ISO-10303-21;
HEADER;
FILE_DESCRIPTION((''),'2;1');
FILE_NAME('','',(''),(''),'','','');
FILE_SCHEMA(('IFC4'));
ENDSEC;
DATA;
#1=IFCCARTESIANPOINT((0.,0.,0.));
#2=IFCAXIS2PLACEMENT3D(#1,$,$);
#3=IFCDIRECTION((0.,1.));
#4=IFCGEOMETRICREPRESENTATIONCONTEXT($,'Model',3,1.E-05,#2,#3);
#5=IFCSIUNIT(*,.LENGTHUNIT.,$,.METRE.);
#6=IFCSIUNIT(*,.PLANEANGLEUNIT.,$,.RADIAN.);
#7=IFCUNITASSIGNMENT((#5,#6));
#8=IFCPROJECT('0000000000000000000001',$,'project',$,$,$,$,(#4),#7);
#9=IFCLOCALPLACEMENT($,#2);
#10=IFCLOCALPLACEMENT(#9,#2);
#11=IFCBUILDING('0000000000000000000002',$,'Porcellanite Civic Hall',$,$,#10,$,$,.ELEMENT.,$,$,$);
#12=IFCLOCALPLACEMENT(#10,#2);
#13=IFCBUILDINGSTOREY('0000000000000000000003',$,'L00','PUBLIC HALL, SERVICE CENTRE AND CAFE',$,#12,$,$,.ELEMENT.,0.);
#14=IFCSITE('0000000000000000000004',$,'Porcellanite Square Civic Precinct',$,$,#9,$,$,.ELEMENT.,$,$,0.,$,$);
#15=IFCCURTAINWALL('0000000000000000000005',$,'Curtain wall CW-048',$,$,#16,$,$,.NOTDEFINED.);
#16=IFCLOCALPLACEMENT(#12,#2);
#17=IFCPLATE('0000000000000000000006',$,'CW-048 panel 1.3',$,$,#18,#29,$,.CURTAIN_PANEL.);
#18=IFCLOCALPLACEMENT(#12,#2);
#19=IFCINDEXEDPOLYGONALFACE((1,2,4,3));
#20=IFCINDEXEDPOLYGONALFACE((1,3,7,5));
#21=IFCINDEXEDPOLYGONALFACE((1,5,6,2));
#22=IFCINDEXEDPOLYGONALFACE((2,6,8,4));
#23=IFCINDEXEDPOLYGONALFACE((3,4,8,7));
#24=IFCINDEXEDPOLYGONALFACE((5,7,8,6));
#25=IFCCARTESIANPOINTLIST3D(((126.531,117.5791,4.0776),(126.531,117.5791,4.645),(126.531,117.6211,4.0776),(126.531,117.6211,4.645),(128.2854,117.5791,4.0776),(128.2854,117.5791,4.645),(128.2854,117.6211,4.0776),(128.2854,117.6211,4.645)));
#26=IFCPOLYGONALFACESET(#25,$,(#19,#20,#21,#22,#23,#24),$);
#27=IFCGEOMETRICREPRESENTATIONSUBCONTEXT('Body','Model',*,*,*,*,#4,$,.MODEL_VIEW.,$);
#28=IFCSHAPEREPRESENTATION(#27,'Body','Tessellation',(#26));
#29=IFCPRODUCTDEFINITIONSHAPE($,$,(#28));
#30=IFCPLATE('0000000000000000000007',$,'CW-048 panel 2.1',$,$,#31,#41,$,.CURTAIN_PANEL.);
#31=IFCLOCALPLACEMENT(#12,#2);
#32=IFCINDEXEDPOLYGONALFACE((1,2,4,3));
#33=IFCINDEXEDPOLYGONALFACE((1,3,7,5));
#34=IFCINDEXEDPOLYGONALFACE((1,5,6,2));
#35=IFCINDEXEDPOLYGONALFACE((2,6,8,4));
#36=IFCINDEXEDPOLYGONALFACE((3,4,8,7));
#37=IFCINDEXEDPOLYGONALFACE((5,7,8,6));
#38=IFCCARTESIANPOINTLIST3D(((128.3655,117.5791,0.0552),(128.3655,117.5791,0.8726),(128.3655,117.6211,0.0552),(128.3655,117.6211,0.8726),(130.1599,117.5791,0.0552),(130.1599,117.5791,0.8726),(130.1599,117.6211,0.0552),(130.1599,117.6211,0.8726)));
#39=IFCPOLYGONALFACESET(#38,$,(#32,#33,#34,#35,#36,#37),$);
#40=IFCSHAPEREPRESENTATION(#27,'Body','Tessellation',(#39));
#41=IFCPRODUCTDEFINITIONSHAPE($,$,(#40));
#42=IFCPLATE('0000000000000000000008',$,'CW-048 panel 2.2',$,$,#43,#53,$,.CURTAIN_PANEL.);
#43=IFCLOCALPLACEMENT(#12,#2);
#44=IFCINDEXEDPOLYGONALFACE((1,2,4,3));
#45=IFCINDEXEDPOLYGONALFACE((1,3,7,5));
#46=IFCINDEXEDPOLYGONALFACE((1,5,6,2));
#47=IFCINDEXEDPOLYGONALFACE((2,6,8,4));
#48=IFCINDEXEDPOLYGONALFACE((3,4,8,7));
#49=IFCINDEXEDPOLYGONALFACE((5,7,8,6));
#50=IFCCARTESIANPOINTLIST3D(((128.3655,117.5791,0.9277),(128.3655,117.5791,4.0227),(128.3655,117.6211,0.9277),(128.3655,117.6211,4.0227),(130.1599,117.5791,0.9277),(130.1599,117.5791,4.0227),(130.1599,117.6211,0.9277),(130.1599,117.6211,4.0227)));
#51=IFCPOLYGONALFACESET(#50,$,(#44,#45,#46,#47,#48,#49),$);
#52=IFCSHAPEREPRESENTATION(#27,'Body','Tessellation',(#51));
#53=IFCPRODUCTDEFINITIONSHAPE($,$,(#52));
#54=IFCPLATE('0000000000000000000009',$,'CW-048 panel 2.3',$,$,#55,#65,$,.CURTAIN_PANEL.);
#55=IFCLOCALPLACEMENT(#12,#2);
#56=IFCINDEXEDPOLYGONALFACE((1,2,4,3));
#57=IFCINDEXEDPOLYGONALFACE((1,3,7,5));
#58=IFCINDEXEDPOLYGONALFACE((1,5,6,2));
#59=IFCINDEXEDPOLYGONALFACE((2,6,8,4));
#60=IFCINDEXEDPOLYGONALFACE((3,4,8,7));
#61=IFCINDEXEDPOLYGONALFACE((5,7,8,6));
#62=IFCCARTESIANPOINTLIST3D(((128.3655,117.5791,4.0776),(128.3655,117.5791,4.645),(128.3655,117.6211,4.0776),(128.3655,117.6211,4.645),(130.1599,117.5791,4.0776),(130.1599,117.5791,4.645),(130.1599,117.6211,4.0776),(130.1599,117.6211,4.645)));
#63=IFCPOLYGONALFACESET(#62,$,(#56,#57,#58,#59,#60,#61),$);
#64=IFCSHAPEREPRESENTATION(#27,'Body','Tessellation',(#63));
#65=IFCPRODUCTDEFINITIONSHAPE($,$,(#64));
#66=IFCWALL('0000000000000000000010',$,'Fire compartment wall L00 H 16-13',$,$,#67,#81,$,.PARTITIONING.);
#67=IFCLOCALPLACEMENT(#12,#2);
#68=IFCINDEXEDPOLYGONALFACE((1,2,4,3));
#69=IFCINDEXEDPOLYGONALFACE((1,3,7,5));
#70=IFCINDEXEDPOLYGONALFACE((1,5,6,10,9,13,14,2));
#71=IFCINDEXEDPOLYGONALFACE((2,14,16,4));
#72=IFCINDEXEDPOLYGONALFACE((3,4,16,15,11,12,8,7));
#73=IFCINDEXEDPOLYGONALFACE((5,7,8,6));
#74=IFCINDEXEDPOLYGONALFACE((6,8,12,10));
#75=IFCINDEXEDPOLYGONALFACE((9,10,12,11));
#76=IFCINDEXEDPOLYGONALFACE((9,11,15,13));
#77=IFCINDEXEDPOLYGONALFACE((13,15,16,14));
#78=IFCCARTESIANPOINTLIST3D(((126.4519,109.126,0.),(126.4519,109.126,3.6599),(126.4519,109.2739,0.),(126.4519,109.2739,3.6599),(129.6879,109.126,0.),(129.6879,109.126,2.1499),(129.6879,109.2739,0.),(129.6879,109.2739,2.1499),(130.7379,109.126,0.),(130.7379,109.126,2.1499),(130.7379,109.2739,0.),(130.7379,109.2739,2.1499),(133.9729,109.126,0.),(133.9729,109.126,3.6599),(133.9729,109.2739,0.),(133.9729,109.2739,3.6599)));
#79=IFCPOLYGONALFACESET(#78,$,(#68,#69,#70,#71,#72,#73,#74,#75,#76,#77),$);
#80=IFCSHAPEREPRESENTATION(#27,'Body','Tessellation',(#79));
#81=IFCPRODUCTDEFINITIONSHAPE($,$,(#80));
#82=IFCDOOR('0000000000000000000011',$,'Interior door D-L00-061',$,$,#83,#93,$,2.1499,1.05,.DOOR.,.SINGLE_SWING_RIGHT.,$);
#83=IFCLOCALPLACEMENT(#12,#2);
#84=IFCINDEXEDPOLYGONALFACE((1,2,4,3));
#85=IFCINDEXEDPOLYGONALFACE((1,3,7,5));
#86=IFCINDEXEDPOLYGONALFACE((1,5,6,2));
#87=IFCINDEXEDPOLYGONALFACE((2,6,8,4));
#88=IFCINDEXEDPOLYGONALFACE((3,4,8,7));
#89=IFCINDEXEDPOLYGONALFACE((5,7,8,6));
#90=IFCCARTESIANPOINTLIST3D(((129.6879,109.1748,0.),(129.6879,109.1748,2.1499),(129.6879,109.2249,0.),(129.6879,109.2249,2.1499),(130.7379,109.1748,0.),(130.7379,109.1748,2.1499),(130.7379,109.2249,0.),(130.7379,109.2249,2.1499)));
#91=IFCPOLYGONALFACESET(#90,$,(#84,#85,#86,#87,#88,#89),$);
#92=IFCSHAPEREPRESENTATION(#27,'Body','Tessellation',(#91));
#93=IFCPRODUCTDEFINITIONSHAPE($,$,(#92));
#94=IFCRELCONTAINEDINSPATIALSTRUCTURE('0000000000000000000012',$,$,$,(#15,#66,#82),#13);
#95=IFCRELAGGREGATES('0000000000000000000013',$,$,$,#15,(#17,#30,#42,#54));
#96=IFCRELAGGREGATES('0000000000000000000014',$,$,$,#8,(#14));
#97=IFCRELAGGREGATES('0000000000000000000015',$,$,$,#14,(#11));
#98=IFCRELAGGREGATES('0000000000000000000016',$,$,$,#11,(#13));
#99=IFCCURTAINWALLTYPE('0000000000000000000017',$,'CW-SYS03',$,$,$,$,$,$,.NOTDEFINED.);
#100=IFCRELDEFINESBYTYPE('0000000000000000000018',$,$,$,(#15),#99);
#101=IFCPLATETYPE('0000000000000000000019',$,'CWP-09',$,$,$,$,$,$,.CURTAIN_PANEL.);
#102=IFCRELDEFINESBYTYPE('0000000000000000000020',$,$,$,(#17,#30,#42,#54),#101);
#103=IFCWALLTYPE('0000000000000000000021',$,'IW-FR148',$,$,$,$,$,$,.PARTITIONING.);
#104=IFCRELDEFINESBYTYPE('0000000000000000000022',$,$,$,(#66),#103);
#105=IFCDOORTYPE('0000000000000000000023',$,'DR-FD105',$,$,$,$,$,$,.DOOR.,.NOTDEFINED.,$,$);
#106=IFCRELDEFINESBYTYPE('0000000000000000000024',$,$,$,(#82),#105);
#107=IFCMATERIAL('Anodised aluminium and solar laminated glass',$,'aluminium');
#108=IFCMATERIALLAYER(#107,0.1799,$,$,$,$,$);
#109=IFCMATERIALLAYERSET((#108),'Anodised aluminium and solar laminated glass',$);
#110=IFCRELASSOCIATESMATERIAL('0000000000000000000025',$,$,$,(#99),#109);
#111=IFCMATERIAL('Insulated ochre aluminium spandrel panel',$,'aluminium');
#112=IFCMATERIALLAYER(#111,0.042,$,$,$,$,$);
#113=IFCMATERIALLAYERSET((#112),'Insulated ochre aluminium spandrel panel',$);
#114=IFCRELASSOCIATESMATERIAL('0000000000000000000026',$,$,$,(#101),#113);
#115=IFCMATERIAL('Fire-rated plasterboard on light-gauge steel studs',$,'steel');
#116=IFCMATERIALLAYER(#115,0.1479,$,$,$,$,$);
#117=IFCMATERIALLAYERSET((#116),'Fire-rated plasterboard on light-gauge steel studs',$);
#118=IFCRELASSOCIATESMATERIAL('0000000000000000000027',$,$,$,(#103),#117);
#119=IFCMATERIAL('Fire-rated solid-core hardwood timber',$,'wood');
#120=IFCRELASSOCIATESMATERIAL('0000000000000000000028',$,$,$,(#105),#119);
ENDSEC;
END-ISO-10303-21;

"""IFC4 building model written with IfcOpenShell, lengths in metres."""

from ifc_helpers import new_model, si_unit, direction, frame, frame_2d, origin, origin_2d, place, context, subcontext, project, spatial, rectangle, extrude, material, layer, layer_set, type_object, element, fill, aggregate, save


model = new_model("IFC4")

# Units and contexts
model_context = context("Model", 3, precision=1e-05, world=origin(), true_north=direction((0.0, 1.0)))
body_context = subcontext(model_context, "Body", "Model", "MODEL_VIEW")
ifc_project = project(units=[si_unit("LENGTHUNIT", "METRE"), si_unit("PLANEANGLEUNIT", "RADIAN")], contexts=[model_context])

# Site, building, storey
site_placement = place(None, origin())
site = spatial("IfcSite", under=ifc_project, at=site_placement, Name="Porcellanite Square Civic Precinct", CompositionType="ELEMENT", RefElevation=0.0)
building_placement = place(site_placement, origin())
building = spatial("IfcBuilding", under=site, at=building_placement, Name="Porcellanite Civic Hall", CompositionType="ELEMENT")
storey_placement = place(building_placement, origin())
storey = spatial("IfcBuildingStorey", under=building, at=storey_placement, Name="L00", Description="PUBLIC HALL, SERVICE CENTRE AND CAFE", CompositionType="ELEMENT", Elevation=0.0)

# Curtain wall
ifc_material_1 = material(Name="Anodised aluminium and solar laminated glass", Category="aluminium")
ifc_layer_1 = layer(ifc_material_1, 0.1799)
ifc_layer_set_1 = layer_set([ifc_layer_1], Name="Anodised aluminium and solar laminated glass")
curtain_wall_type = type_object("IfcCurtainWallType", Name="CW-SYS03", PredefinedType="NOTDEFINED", material=ifc_layer_set_1)
curtain_wall_placement = place(storey_placement, origin())
curtain_wall = element("IfcCurtainWall", 1, at=curtain_wall_placement, inside=storey, type_object=curtain_wall_type, Name="Curtain wall CW-048", PredefinedType="NOTDEFINED")

# Plates
ifc_material_2 = material(Name="Insulated ochre aluminium spandrel panel", Category="aluminium")
ifc_layer_2 = layer(ifc_material_2, 0.042)
ifc_layer_set_2 = layer_set([ifc_layer_2], Name="Insulated ochre aluminium spandrel panel")
plate_type = type_object("IfcPlateType", Name="CWP-09", PredefinedType="CURTAIN_PANEL", material=ifc_layer_set_2)
plate_1_placement = place(storey_placement, frame((127.4082, 117.6001, 4.0776), z_axis=(0.0, 0.0, 1.0), x_axis=(1.0, 0.0, 0.0)))
plate_1 = element("IfcPlate", 2, at=plate_1_placement, type_object=plate_type, Name="CW-048 panel 1.3", PredefinedType="CURTAIN_PANEL", context=body_context, shape_type="SweptSolid", body=[
    extrude(rectangle(XDim=1.7544, YDim=0.042, at=origin_2d()), origin(), (0.0, 0.0, 1.0), 0.5674),
])
plate_2_placement = place(storey_placement, frame((129.2627, 117.6001, 0.0552), z_axis=(0.0, 0.0, 1.0), x_axis=(1.0, 0.0, 0.0)))
plate_2 = element("IfcPlate", 3, at=plate_2_placement, type_object=plate_type, Name="CW-048 panel 2.1", PredefinedType="CURTAIN_PANEL", context=body_context, shape_type="SweptSolid", body=[
    extrude(rectangle(XDim=1.7944, YDim=0.042, at=origin_2d()), origin(), (0.0, 0.0, 1.0), 0.8174),
])
plate_3_placement = place(storey_placement, frame((129.2627, 117.6001, 0.9277), z_axis=(0.0, 0.0, 1.0), x_axis=(1.0, 0.0, 0.0)))
plate_3 = element("IfcPlate", 4, at=plate_3_placement, type_object=plate_type, Name="CW-048 panel 2.2", PredefinedType="CURTAIN_PANEL", context=body_context, shape_type="SweptSolid", body=[
    extrude(rectangle(XDim=1.7944, YDim=0.042, at=origin_2d()), origin(), (0.0, 0.0, 1.0), 3.095),
])
plate_4_placement = place(storey_placement, frame((129.2627, 117.6001, 4.0776), z_axis=(0.0, 0.0, 1.0), x_axis=(1.0, 0.0, 0.0)))
plate_4 = element("IfcPlate", 5, at=plate_4_placement, type_object=plate_type, Name="CW-048 panel 2.3", PredefinedType="CURTAIN_PANEL", context=body_context, shape_type="SweptSolid", body=[
    extrude(rectangle(XDim=1.7944, YDim=0.042, at=origin_2d()), origin(), (0.0, 0.0, 1.0), 0.5674),
])
aggregate(curtain_wall, [plate_1, plate_2, plate_3, plate_4])

# Wall, opening, door
ifc_material_3 = material(Name="Fire-rated plasterboard on light-gauge steel studs", Category="steel")
ifc_layer_3 = layer(ifc_material_3, 0.1479)
ifc_layer_set_3 = layer_set([ifc_layer_3], Name="Fire-rated plasterboard on light-gauge steel studs")
wall_type_1 = type_object("IfcWallType", Name="IW-FR148", PredefinedType="PARTITIONING", material=ifc_layer_set_3)
wall_1_placement = place(storey_placement, frame((126.4519, 109.2, 0.0), z_axis=(0.0, 0.0, 1.0), x_axis=(1.0, 0.0, 0.0)))
wall_1 = element("IfcWall", 6, at=wall_1_placement, inside=storey, type_object=wall_type_1, Name="Fire compartment wall L00 H 16-13", PredefinedType="PARTITIONING", context=body_context, shape_type="SweptSolid", body=[
    extrude(rectangle(XDim=7.521, YDim=0.1479, at=frame_2d((3.7605, 0.0))), origin(), (0.0, 0.0, 1.0), 3.6599),
])
opening_1_placement = place(wall_1_placement, frame((3.2361, 0.0, 0.0)))
opening_1 = element("IfcOpeningElement", 7, at=opening_1_placement, cuts=wall_1, PredefinedType="OPENING", context=body_context, shape_type="SweptSolid", body=[
    extrude(rectangle(XDim=1.05, YDim=2.1499, at=frame_2d((0.5249, 1.075))), frame((0.0, 0.074, 0.0), z_axis=(0.0, -1.0, 0.0), x_axis=(1.0, 0.0, 0.0)), (0.0, 0.0, 1.0), 0.1479),
])
ifc_material_4 = material(Name="Fire-rated solid-core hardwood timber", Category="wood")
door_type_1 = type_object("IfcDoorType", Name="DR-FD105", OperationType="NOTDEFINED", PredefinedType="DOOR", material=ifc_material_4)
door_1_placement = place(opening_1_placement, origin())
door_1 = element("IfcDoor", 8, at=door_1_placement, inside=storey, type_object=door_type_1, Name="Interior door D-L00-061", OperationType="SINGLE_SWING_RIGHT", OverallHeight=2.1499, OverallWidth=1.05, PredefinedType="DOOR", context=body_context, shape_type="SweptSolid", body=[
    extrude(rectangle(XDim=1.05, YDim=2.1499, at=frame_2d((0.5249, 1.075))), frame((0.0, 0.0249, 0.0), z_axis=(0.0, -1.0, 0.0), x_axis=(1.0, 0.0, 0.0)), (0.0, 0.0, 1.0), 0.05),
])
fill(opening_1, door_1)

save(model, "model.ifc")
